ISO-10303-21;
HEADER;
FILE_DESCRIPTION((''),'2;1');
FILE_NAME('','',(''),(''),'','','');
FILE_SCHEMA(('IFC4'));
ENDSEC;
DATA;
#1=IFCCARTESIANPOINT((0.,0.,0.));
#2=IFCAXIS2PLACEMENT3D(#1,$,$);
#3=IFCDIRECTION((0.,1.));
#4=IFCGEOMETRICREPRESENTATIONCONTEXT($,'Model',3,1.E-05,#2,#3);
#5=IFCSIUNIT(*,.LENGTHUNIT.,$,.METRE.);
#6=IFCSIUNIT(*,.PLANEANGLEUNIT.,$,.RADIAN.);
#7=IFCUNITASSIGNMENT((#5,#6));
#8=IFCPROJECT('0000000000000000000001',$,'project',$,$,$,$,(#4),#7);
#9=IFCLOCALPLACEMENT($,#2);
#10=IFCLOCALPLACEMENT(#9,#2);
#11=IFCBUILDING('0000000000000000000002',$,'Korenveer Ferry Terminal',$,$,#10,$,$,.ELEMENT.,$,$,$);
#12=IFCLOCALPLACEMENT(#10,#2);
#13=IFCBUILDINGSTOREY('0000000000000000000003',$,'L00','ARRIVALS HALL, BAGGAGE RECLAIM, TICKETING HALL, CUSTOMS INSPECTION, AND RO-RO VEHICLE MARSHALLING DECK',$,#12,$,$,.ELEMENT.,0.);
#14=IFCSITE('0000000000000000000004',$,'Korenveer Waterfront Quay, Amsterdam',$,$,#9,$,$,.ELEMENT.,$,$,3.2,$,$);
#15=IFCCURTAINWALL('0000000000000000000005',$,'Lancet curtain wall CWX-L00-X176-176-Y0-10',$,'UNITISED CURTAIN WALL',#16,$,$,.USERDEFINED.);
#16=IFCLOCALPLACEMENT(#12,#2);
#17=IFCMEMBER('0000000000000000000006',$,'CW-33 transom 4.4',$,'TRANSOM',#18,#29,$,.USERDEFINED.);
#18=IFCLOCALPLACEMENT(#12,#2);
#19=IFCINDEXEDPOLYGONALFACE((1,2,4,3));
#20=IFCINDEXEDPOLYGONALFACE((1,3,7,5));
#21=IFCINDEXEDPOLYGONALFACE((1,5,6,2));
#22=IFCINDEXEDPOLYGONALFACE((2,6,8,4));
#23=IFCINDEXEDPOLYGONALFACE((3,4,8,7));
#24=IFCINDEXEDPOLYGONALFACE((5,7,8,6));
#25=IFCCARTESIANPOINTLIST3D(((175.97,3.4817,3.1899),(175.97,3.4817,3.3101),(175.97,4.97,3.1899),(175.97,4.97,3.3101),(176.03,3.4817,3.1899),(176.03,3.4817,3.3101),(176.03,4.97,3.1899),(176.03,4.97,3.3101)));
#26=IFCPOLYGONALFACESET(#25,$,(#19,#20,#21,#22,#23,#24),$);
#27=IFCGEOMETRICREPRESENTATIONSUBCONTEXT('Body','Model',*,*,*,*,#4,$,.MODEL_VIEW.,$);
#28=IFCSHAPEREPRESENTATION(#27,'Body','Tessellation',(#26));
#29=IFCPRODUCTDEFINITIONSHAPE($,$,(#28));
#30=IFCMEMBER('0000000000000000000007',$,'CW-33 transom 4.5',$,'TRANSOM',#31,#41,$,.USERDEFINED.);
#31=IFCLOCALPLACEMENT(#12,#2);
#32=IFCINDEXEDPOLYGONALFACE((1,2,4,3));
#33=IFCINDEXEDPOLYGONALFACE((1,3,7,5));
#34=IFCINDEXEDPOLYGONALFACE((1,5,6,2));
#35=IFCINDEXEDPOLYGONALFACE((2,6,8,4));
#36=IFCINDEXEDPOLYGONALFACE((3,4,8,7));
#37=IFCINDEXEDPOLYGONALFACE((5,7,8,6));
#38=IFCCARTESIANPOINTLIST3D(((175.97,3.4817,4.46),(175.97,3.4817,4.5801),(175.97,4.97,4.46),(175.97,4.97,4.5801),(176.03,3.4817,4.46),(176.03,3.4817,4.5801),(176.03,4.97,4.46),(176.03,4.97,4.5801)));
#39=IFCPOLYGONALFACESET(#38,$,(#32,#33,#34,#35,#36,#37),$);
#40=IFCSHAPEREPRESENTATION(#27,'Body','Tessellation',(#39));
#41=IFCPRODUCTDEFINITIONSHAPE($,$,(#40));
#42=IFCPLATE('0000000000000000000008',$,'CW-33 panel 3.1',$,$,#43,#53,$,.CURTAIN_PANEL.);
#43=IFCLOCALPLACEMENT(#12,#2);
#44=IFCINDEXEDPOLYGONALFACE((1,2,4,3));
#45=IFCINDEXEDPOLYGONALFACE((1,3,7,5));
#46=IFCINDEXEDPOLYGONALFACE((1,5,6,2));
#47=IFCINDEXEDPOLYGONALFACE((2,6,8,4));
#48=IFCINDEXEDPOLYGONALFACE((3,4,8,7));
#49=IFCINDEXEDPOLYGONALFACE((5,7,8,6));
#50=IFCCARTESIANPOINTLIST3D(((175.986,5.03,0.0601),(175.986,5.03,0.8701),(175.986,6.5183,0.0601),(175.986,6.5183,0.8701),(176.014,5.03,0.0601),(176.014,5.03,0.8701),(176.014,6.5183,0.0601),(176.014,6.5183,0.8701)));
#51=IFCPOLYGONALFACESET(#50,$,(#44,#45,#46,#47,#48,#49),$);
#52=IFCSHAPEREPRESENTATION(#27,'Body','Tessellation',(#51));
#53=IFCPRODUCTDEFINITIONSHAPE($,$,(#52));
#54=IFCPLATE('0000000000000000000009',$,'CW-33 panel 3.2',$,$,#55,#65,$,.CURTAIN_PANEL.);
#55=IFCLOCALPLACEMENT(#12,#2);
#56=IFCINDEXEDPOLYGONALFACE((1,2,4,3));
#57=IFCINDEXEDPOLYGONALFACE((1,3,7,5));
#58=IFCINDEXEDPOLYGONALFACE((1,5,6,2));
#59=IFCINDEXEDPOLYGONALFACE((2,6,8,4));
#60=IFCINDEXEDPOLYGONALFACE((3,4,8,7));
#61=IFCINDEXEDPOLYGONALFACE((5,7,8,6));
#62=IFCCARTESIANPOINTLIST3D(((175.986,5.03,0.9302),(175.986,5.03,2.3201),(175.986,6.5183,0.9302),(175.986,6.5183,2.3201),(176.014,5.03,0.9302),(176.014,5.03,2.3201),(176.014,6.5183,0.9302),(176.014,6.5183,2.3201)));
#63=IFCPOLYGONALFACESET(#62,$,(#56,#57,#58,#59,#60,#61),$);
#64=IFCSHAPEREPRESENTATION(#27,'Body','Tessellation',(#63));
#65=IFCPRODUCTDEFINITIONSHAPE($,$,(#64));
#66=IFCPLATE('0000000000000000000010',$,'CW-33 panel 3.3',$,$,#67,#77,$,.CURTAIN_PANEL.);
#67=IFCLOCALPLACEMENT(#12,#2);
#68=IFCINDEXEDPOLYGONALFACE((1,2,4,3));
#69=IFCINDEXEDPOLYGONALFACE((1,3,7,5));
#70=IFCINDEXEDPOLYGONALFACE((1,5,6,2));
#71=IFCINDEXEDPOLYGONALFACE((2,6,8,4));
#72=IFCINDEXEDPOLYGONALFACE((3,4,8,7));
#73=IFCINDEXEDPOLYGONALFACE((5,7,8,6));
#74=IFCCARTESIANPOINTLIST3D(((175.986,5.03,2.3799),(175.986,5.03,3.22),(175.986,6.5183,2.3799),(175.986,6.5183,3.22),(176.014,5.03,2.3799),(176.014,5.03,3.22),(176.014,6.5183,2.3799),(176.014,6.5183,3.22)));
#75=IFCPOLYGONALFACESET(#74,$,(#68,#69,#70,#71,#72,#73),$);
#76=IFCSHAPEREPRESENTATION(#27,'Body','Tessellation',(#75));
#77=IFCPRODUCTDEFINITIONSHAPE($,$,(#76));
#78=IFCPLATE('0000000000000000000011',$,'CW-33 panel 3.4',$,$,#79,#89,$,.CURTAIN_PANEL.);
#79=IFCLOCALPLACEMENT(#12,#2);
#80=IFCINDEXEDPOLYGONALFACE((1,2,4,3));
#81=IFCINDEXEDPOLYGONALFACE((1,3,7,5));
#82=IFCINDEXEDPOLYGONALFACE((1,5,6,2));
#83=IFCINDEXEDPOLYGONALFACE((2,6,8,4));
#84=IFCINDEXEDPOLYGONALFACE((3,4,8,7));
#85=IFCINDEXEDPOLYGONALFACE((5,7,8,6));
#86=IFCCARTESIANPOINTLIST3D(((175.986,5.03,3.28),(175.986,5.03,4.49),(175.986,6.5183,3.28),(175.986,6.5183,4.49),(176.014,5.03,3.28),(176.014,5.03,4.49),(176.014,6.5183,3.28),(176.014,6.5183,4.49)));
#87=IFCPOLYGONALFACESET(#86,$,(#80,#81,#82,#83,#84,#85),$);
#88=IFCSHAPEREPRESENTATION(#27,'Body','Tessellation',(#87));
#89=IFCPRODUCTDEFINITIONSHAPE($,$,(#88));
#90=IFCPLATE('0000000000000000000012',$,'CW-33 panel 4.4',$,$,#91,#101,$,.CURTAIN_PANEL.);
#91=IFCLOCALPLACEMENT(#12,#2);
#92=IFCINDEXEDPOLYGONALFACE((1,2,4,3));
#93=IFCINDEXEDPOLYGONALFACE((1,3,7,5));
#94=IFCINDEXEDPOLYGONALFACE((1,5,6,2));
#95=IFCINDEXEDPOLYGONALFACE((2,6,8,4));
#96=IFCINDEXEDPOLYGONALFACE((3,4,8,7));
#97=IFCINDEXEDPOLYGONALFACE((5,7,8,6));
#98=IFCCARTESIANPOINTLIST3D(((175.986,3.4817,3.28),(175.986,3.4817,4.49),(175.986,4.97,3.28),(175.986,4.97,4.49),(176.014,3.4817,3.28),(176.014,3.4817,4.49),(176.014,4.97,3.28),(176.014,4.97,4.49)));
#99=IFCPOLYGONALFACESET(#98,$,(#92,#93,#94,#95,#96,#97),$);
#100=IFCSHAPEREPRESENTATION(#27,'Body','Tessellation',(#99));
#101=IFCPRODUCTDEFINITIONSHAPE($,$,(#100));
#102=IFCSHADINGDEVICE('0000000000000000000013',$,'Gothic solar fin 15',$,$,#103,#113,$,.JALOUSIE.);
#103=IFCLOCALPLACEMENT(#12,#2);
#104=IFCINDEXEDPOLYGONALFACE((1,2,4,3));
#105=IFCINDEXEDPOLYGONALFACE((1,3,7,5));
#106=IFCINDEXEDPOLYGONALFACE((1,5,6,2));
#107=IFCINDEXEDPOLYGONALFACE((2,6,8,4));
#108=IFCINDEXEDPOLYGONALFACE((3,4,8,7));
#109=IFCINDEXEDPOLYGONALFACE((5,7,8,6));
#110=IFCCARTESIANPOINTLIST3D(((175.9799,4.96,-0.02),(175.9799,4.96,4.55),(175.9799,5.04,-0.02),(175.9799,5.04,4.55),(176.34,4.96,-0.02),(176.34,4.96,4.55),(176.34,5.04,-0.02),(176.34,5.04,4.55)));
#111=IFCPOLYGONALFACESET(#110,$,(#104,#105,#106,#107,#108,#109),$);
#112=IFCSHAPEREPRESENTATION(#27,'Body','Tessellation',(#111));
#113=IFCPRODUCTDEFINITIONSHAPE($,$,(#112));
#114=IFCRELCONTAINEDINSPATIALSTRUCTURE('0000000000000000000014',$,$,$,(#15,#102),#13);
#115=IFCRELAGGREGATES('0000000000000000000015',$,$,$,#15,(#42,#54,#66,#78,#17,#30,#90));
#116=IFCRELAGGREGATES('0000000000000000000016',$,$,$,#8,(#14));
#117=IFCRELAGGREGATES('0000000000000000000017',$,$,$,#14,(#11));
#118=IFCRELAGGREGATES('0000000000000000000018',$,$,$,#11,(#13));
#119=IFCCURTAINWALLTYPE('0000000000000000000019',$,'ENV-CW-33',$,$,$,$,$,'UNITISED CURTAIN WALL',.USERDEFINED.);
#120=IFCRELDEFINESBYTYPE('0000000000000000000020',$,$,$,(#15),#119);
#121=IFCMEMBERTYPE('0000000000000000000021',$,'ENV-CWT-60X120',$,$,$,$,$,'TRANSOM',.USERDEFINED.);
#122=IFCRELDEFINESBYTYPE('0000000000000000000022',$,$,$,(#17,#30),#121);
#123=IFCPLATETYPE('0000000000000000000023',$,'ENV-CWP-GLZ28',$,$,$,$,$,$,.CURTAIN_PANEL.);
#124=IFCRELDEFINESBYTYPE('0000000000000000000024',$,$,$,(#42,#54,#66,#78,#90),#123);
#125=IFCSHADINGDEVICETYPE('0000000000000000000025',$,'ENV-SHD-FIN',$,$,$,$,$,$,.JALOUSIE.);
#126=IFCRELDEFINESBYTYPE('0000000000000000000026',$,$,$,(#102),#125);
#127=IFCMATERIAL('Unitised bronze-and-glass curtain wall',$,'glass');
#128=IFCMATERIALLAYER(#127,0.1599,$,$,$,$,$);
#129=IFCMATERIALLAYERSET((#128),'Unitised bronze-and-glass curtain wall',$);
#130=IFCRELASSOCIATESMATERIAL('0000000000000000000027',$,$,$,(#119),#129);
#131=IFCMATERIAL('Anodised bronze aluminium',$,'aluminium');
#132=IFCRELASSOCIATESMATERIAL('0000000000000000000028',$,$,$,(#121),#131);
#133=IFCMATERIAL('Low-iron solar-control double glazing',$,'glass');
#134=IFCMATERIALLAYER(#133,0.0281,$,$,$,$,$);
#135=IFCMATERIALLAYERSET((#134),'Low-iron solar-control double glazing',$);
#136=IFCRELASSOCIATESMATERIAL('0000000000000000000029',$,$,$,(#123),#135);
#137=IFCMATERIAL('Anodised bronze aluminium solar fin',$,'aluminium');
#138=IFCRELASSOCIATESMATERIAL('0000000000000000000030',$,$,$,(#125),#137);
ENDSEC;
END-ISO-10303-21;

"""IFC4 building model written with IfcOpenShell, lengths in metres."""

from ifc_helpers import new_model, si_unit, direction, frame, origin, origin_2d, place, context, subcontext, project, spatial, rectangle, extrude, material, layer, layer_set, material_profile, profile_set, type_object, element, aggregate, save


model = new_model("IFC4")

# Units and contexts
model_context = context("Model", 3, precision=1e-05, world=origin(), true_north=direction((0.0, 1.0)))
body_context = subcontext(model_context, "Body", "Model", "MODEL_VIEW")
ifc_project = project(units=[si_unit("LENGTHUNIT", "METRE"), si_unit("PLANEANGLEUNIT", "RADIAN")], contexts=[model_context])

# Site, building, storey
site_placement = place(None, origin())
site = spatial("IfcSite", under=ifc_project, at=site_placement, Name="Korenveer Waterfront Quay, Amsterdam", CompositionType="ELEMENT", RefElevation=3.2)
building_placement = place(site_placement, origin())
building = spatial("IfcBuilding", under=site, at=building_placement, Name="Korenveer Ferry Terminal", CompositionType="ELEMENT")
storey_placement = place(building_placement, origin())
storey = spatial("IfcBuildingStorey", under=building, at=storey_placement, Name="L00", Description="ARRIVALS HALL, BAGGAGE RECLAIM, TICKETING HALL, CUSTOMS INSPECTION, AND RO-RO VEHICLE MARSHALLING DECK", CompositionType="ELEMENT", Elevation=0.0)

# Curtain wall, members, plates
ifc_material_1 = material(Name="Unitised bronze-and-glass curtain wall", Category="glass")
ifc_layer_1 = layer(ifc_material_1, 0.1599)
ifc_layer_set_1 = layer_set([ifc_layer_1], Name="Unitised bronze-and-glass curtain wall")
curtain_wall_type = type_object("IfcCurtainWallType", Name="ENV-CW-33", ElementType="UNITISED CURTAIN WALL", PredefinedType="USERDEFINED", material=ifc_layer_set_1)
curtain_wall_placement = place(storey_placement, frame((176.0, 9.645, 0.0)))
curtain_wall = element("IfcCurtainWall", 1, at=curtain_wall_placement, inside=storey, type_object=curtain_wall_type, Name="Lancet curtain wall CWX-L00-X176-176-Y0-10", ObjectType="UNITISED CURTAIN WALL", PredefinedType="USERDEFINED")
ifc_material_2 = material(Name="Anodised bronze aluminium", Category="aluminium")
ifc_material_profile_1 = material_profile(ifc_material_2, rectangle(XDim=0.0601, YDim=0.1201, at=origin_2d()), Name="ALU 60x120")
ifc_profile_set_1 = profile_set([ifc_material_profile_1], Name="Anodised bronze aluminium")
member_type_1 = type_object("IfcMemberType", Name="ENV-CWT-60X120", ElementType="TRANSOM", PredefinedType="USERDEFINED", material=ifc_profile_set_1)
member_1_placement = place(storey_placement, frame((176.0, 4.97, 3.25), z_axis=(0.0, -1.0, 0.0), x_axis=(1.0, 0.0, 0.0)))
member_1 = element("IfcMember", 2, at=member_1_placement, type_object=member_type_1, Name="CW-33 transom 4.4", ObjectType="TRANSOM", PredefinedType="USERDEFINED", context=body_context, shape_type="SweptSolid", body=[
    extrude(rectangle(XDim=0.0601, YDim=0.1201, at=origin_2d()), origin(), (0.0, 0.0, 1.0), 1.4883),
])
member_2_placement = place(storey_placement, frame((176.0, 4.97, 4.52), z_axis=(0.0, -1.0, 0.0), x_axis=(1.0, 0.0, 0.0)))
member_2 = element("IfcMember", 3, at=member_2_placement, type_object=member_type_1, Name="CW-33 transom 4.5", ObjectType="TRANSOM", PredefinedType="USERDEFINED", context=body_context, shape_type="SweptSolid", body=[
    extrude(rectangle(XDim=0.0601, YDim=0.1201, at=origin_2d()), origin(), (0.0, 0.0, 1.0), 1.4883),
])
ifc_material_3 = material(Name="Low-iron solar-control double glazing", Category="glass")
ifc_layer_2 = layer(ifc_material_3, 0.0281)
ifc_layer_set_2 = layer_set([ifc_layer_2], Name="Low-iron solar-control double glazing")
plate_type = type_object("IfcPlateType", Name="ENV-CWP-GLZ28", PredefinedType="CURTAIN_PANEL", material=ifc_layer_set_2)
plate_1_placement = place(storey_placement, frame((176.0, 5.7742, 0.0601), z_axis=(0.0, 0.0, 1.0), x_axis=(0.0, -1.0, 0.0)))
plate_1 = element("IfcPlate", 4, at=plate_1_placement, type_object=plate_type, Name="CW-33 panel 3.1", PredefinedType="CURTAIN_PANEL", context=body_context, shape_type="SweptSolid", body=[
    extrude(rectangle(XDim=1.4883, YDim=0.0281, at=origin_2d()), origin(), (0.0, 0.0, 1.0), 0.8101),
])
plate_2_placement = place(storey_placement, frame((176.0, 5.7742, 0.9302), z_axis=(0.0, 0.0, 1.0), x_axis=(0.0, -1.0, 0.0)))
plate_2 = element("IfcPlate", 5, at=plate_2_placement, type_object=plate_type, Name="CW-33 panel 3.2", PredefinedType="CURTAIN_PANEL", context=body_context, shape_type="SweptSolid", body=[
    extrude(rectangle(XDim=1.4883, YDim=0.0281, at=origin_2d()), origin(), (0.0, 0.0, 1.0), 1.3899),
])
plate_3_placement = place(storey_placement, frame((176.0, 5.7742, 2.3799), z_axis=(0.0, 0.0, 1.0), x_axis=(0.0, -1.0, 0.0)))
plate_3 = element("IfcPlate", 6, at=plate_3_placement, type_object=plate_type, Name="CW-33 panel 3.3", PredefinedType="CURTAIN_PANEL", context=body_context, shape_type="SweptSolid", body=[
    extrude(rectangle(XDim=1.4883, YDim=0.0281, at=origin_2d()), origin(), (0.0, 0.0, 1.0), 0.8401),
])
plate_4_placement = place(storey_placement, frame((176.0, 5.7742, 3.28), z_axis=(0.0, 0.0, 1.0), x_axis=(0.0, -1.0, 0.0)))
plate_4 = element("IfcPlate", 7, at=plate_4_placement, type_object=plate_type, Name="CW-33 panel 3.4", PredefinedType="CURTAIN_PANEL", context=body_context, shape_type="SweptSolid", body=[
    extrude(rectangle(XDim=1.4883, YDim=0.0281, at=origin_2d()), origin(), (0.0, 0.0, 1.0), 1.21),
])
plate_5_placement = place(storey_placement, frame((176.0, 4.2258, 3.28), z_axis=(0.0, 0.0, 1.0), x_axis=(0.0, -1.0, 0.0)))
plate_5 = element("IfcPlate", 8, at=plate_5_placement, type_object=plate_type, Name="CW-33 panel 4.4", PredefinedType="CURTAIN_PANEL", context=body_context, shape_type="SweptSolid", body=[
    extrude(rectangle(XDim=1.4883, YDim=0.0281, at=origin_2d()), origin(), (0.0, 0.0, 1.0), 1.21),
])
aggregate(curtain_wall, [plate_1, plate_2, plate_3, plate_4, member_1, member_2, plate_5])

# Shading device
ifc_material_4 = material(Name="Anodised bronze aluminium solar fin", Category="aluminium")
shading_device_type = type_object("IfcShadingDeviceType", Name="ENV-SHD-FIN", PredefinedType="JALOUSIE", material=ifc_material_4)
shading_device_placement = place(storey_placement, frame((176.1599, 5.0, -0.02), z_axis=(0.0, 0.0, 1.0), x_axis=(1.0, 0.0, 0.0)))
element("IfcShadingDevice", 9, at=shading_device_placement, inside=storey, type_object=shading_device_type, Name="Gothic solar fin 15", PredefinedType="JALOUSIE", context=body_context, shape_type="SweptSolid", body=[
    extrude(rectangle(XDim=0.3601, YDim=0.0801, at=origin_2d()), origin(), (0.0, 0.0, 1.0), 4.5701),
])

save(model, "model.ifc")
